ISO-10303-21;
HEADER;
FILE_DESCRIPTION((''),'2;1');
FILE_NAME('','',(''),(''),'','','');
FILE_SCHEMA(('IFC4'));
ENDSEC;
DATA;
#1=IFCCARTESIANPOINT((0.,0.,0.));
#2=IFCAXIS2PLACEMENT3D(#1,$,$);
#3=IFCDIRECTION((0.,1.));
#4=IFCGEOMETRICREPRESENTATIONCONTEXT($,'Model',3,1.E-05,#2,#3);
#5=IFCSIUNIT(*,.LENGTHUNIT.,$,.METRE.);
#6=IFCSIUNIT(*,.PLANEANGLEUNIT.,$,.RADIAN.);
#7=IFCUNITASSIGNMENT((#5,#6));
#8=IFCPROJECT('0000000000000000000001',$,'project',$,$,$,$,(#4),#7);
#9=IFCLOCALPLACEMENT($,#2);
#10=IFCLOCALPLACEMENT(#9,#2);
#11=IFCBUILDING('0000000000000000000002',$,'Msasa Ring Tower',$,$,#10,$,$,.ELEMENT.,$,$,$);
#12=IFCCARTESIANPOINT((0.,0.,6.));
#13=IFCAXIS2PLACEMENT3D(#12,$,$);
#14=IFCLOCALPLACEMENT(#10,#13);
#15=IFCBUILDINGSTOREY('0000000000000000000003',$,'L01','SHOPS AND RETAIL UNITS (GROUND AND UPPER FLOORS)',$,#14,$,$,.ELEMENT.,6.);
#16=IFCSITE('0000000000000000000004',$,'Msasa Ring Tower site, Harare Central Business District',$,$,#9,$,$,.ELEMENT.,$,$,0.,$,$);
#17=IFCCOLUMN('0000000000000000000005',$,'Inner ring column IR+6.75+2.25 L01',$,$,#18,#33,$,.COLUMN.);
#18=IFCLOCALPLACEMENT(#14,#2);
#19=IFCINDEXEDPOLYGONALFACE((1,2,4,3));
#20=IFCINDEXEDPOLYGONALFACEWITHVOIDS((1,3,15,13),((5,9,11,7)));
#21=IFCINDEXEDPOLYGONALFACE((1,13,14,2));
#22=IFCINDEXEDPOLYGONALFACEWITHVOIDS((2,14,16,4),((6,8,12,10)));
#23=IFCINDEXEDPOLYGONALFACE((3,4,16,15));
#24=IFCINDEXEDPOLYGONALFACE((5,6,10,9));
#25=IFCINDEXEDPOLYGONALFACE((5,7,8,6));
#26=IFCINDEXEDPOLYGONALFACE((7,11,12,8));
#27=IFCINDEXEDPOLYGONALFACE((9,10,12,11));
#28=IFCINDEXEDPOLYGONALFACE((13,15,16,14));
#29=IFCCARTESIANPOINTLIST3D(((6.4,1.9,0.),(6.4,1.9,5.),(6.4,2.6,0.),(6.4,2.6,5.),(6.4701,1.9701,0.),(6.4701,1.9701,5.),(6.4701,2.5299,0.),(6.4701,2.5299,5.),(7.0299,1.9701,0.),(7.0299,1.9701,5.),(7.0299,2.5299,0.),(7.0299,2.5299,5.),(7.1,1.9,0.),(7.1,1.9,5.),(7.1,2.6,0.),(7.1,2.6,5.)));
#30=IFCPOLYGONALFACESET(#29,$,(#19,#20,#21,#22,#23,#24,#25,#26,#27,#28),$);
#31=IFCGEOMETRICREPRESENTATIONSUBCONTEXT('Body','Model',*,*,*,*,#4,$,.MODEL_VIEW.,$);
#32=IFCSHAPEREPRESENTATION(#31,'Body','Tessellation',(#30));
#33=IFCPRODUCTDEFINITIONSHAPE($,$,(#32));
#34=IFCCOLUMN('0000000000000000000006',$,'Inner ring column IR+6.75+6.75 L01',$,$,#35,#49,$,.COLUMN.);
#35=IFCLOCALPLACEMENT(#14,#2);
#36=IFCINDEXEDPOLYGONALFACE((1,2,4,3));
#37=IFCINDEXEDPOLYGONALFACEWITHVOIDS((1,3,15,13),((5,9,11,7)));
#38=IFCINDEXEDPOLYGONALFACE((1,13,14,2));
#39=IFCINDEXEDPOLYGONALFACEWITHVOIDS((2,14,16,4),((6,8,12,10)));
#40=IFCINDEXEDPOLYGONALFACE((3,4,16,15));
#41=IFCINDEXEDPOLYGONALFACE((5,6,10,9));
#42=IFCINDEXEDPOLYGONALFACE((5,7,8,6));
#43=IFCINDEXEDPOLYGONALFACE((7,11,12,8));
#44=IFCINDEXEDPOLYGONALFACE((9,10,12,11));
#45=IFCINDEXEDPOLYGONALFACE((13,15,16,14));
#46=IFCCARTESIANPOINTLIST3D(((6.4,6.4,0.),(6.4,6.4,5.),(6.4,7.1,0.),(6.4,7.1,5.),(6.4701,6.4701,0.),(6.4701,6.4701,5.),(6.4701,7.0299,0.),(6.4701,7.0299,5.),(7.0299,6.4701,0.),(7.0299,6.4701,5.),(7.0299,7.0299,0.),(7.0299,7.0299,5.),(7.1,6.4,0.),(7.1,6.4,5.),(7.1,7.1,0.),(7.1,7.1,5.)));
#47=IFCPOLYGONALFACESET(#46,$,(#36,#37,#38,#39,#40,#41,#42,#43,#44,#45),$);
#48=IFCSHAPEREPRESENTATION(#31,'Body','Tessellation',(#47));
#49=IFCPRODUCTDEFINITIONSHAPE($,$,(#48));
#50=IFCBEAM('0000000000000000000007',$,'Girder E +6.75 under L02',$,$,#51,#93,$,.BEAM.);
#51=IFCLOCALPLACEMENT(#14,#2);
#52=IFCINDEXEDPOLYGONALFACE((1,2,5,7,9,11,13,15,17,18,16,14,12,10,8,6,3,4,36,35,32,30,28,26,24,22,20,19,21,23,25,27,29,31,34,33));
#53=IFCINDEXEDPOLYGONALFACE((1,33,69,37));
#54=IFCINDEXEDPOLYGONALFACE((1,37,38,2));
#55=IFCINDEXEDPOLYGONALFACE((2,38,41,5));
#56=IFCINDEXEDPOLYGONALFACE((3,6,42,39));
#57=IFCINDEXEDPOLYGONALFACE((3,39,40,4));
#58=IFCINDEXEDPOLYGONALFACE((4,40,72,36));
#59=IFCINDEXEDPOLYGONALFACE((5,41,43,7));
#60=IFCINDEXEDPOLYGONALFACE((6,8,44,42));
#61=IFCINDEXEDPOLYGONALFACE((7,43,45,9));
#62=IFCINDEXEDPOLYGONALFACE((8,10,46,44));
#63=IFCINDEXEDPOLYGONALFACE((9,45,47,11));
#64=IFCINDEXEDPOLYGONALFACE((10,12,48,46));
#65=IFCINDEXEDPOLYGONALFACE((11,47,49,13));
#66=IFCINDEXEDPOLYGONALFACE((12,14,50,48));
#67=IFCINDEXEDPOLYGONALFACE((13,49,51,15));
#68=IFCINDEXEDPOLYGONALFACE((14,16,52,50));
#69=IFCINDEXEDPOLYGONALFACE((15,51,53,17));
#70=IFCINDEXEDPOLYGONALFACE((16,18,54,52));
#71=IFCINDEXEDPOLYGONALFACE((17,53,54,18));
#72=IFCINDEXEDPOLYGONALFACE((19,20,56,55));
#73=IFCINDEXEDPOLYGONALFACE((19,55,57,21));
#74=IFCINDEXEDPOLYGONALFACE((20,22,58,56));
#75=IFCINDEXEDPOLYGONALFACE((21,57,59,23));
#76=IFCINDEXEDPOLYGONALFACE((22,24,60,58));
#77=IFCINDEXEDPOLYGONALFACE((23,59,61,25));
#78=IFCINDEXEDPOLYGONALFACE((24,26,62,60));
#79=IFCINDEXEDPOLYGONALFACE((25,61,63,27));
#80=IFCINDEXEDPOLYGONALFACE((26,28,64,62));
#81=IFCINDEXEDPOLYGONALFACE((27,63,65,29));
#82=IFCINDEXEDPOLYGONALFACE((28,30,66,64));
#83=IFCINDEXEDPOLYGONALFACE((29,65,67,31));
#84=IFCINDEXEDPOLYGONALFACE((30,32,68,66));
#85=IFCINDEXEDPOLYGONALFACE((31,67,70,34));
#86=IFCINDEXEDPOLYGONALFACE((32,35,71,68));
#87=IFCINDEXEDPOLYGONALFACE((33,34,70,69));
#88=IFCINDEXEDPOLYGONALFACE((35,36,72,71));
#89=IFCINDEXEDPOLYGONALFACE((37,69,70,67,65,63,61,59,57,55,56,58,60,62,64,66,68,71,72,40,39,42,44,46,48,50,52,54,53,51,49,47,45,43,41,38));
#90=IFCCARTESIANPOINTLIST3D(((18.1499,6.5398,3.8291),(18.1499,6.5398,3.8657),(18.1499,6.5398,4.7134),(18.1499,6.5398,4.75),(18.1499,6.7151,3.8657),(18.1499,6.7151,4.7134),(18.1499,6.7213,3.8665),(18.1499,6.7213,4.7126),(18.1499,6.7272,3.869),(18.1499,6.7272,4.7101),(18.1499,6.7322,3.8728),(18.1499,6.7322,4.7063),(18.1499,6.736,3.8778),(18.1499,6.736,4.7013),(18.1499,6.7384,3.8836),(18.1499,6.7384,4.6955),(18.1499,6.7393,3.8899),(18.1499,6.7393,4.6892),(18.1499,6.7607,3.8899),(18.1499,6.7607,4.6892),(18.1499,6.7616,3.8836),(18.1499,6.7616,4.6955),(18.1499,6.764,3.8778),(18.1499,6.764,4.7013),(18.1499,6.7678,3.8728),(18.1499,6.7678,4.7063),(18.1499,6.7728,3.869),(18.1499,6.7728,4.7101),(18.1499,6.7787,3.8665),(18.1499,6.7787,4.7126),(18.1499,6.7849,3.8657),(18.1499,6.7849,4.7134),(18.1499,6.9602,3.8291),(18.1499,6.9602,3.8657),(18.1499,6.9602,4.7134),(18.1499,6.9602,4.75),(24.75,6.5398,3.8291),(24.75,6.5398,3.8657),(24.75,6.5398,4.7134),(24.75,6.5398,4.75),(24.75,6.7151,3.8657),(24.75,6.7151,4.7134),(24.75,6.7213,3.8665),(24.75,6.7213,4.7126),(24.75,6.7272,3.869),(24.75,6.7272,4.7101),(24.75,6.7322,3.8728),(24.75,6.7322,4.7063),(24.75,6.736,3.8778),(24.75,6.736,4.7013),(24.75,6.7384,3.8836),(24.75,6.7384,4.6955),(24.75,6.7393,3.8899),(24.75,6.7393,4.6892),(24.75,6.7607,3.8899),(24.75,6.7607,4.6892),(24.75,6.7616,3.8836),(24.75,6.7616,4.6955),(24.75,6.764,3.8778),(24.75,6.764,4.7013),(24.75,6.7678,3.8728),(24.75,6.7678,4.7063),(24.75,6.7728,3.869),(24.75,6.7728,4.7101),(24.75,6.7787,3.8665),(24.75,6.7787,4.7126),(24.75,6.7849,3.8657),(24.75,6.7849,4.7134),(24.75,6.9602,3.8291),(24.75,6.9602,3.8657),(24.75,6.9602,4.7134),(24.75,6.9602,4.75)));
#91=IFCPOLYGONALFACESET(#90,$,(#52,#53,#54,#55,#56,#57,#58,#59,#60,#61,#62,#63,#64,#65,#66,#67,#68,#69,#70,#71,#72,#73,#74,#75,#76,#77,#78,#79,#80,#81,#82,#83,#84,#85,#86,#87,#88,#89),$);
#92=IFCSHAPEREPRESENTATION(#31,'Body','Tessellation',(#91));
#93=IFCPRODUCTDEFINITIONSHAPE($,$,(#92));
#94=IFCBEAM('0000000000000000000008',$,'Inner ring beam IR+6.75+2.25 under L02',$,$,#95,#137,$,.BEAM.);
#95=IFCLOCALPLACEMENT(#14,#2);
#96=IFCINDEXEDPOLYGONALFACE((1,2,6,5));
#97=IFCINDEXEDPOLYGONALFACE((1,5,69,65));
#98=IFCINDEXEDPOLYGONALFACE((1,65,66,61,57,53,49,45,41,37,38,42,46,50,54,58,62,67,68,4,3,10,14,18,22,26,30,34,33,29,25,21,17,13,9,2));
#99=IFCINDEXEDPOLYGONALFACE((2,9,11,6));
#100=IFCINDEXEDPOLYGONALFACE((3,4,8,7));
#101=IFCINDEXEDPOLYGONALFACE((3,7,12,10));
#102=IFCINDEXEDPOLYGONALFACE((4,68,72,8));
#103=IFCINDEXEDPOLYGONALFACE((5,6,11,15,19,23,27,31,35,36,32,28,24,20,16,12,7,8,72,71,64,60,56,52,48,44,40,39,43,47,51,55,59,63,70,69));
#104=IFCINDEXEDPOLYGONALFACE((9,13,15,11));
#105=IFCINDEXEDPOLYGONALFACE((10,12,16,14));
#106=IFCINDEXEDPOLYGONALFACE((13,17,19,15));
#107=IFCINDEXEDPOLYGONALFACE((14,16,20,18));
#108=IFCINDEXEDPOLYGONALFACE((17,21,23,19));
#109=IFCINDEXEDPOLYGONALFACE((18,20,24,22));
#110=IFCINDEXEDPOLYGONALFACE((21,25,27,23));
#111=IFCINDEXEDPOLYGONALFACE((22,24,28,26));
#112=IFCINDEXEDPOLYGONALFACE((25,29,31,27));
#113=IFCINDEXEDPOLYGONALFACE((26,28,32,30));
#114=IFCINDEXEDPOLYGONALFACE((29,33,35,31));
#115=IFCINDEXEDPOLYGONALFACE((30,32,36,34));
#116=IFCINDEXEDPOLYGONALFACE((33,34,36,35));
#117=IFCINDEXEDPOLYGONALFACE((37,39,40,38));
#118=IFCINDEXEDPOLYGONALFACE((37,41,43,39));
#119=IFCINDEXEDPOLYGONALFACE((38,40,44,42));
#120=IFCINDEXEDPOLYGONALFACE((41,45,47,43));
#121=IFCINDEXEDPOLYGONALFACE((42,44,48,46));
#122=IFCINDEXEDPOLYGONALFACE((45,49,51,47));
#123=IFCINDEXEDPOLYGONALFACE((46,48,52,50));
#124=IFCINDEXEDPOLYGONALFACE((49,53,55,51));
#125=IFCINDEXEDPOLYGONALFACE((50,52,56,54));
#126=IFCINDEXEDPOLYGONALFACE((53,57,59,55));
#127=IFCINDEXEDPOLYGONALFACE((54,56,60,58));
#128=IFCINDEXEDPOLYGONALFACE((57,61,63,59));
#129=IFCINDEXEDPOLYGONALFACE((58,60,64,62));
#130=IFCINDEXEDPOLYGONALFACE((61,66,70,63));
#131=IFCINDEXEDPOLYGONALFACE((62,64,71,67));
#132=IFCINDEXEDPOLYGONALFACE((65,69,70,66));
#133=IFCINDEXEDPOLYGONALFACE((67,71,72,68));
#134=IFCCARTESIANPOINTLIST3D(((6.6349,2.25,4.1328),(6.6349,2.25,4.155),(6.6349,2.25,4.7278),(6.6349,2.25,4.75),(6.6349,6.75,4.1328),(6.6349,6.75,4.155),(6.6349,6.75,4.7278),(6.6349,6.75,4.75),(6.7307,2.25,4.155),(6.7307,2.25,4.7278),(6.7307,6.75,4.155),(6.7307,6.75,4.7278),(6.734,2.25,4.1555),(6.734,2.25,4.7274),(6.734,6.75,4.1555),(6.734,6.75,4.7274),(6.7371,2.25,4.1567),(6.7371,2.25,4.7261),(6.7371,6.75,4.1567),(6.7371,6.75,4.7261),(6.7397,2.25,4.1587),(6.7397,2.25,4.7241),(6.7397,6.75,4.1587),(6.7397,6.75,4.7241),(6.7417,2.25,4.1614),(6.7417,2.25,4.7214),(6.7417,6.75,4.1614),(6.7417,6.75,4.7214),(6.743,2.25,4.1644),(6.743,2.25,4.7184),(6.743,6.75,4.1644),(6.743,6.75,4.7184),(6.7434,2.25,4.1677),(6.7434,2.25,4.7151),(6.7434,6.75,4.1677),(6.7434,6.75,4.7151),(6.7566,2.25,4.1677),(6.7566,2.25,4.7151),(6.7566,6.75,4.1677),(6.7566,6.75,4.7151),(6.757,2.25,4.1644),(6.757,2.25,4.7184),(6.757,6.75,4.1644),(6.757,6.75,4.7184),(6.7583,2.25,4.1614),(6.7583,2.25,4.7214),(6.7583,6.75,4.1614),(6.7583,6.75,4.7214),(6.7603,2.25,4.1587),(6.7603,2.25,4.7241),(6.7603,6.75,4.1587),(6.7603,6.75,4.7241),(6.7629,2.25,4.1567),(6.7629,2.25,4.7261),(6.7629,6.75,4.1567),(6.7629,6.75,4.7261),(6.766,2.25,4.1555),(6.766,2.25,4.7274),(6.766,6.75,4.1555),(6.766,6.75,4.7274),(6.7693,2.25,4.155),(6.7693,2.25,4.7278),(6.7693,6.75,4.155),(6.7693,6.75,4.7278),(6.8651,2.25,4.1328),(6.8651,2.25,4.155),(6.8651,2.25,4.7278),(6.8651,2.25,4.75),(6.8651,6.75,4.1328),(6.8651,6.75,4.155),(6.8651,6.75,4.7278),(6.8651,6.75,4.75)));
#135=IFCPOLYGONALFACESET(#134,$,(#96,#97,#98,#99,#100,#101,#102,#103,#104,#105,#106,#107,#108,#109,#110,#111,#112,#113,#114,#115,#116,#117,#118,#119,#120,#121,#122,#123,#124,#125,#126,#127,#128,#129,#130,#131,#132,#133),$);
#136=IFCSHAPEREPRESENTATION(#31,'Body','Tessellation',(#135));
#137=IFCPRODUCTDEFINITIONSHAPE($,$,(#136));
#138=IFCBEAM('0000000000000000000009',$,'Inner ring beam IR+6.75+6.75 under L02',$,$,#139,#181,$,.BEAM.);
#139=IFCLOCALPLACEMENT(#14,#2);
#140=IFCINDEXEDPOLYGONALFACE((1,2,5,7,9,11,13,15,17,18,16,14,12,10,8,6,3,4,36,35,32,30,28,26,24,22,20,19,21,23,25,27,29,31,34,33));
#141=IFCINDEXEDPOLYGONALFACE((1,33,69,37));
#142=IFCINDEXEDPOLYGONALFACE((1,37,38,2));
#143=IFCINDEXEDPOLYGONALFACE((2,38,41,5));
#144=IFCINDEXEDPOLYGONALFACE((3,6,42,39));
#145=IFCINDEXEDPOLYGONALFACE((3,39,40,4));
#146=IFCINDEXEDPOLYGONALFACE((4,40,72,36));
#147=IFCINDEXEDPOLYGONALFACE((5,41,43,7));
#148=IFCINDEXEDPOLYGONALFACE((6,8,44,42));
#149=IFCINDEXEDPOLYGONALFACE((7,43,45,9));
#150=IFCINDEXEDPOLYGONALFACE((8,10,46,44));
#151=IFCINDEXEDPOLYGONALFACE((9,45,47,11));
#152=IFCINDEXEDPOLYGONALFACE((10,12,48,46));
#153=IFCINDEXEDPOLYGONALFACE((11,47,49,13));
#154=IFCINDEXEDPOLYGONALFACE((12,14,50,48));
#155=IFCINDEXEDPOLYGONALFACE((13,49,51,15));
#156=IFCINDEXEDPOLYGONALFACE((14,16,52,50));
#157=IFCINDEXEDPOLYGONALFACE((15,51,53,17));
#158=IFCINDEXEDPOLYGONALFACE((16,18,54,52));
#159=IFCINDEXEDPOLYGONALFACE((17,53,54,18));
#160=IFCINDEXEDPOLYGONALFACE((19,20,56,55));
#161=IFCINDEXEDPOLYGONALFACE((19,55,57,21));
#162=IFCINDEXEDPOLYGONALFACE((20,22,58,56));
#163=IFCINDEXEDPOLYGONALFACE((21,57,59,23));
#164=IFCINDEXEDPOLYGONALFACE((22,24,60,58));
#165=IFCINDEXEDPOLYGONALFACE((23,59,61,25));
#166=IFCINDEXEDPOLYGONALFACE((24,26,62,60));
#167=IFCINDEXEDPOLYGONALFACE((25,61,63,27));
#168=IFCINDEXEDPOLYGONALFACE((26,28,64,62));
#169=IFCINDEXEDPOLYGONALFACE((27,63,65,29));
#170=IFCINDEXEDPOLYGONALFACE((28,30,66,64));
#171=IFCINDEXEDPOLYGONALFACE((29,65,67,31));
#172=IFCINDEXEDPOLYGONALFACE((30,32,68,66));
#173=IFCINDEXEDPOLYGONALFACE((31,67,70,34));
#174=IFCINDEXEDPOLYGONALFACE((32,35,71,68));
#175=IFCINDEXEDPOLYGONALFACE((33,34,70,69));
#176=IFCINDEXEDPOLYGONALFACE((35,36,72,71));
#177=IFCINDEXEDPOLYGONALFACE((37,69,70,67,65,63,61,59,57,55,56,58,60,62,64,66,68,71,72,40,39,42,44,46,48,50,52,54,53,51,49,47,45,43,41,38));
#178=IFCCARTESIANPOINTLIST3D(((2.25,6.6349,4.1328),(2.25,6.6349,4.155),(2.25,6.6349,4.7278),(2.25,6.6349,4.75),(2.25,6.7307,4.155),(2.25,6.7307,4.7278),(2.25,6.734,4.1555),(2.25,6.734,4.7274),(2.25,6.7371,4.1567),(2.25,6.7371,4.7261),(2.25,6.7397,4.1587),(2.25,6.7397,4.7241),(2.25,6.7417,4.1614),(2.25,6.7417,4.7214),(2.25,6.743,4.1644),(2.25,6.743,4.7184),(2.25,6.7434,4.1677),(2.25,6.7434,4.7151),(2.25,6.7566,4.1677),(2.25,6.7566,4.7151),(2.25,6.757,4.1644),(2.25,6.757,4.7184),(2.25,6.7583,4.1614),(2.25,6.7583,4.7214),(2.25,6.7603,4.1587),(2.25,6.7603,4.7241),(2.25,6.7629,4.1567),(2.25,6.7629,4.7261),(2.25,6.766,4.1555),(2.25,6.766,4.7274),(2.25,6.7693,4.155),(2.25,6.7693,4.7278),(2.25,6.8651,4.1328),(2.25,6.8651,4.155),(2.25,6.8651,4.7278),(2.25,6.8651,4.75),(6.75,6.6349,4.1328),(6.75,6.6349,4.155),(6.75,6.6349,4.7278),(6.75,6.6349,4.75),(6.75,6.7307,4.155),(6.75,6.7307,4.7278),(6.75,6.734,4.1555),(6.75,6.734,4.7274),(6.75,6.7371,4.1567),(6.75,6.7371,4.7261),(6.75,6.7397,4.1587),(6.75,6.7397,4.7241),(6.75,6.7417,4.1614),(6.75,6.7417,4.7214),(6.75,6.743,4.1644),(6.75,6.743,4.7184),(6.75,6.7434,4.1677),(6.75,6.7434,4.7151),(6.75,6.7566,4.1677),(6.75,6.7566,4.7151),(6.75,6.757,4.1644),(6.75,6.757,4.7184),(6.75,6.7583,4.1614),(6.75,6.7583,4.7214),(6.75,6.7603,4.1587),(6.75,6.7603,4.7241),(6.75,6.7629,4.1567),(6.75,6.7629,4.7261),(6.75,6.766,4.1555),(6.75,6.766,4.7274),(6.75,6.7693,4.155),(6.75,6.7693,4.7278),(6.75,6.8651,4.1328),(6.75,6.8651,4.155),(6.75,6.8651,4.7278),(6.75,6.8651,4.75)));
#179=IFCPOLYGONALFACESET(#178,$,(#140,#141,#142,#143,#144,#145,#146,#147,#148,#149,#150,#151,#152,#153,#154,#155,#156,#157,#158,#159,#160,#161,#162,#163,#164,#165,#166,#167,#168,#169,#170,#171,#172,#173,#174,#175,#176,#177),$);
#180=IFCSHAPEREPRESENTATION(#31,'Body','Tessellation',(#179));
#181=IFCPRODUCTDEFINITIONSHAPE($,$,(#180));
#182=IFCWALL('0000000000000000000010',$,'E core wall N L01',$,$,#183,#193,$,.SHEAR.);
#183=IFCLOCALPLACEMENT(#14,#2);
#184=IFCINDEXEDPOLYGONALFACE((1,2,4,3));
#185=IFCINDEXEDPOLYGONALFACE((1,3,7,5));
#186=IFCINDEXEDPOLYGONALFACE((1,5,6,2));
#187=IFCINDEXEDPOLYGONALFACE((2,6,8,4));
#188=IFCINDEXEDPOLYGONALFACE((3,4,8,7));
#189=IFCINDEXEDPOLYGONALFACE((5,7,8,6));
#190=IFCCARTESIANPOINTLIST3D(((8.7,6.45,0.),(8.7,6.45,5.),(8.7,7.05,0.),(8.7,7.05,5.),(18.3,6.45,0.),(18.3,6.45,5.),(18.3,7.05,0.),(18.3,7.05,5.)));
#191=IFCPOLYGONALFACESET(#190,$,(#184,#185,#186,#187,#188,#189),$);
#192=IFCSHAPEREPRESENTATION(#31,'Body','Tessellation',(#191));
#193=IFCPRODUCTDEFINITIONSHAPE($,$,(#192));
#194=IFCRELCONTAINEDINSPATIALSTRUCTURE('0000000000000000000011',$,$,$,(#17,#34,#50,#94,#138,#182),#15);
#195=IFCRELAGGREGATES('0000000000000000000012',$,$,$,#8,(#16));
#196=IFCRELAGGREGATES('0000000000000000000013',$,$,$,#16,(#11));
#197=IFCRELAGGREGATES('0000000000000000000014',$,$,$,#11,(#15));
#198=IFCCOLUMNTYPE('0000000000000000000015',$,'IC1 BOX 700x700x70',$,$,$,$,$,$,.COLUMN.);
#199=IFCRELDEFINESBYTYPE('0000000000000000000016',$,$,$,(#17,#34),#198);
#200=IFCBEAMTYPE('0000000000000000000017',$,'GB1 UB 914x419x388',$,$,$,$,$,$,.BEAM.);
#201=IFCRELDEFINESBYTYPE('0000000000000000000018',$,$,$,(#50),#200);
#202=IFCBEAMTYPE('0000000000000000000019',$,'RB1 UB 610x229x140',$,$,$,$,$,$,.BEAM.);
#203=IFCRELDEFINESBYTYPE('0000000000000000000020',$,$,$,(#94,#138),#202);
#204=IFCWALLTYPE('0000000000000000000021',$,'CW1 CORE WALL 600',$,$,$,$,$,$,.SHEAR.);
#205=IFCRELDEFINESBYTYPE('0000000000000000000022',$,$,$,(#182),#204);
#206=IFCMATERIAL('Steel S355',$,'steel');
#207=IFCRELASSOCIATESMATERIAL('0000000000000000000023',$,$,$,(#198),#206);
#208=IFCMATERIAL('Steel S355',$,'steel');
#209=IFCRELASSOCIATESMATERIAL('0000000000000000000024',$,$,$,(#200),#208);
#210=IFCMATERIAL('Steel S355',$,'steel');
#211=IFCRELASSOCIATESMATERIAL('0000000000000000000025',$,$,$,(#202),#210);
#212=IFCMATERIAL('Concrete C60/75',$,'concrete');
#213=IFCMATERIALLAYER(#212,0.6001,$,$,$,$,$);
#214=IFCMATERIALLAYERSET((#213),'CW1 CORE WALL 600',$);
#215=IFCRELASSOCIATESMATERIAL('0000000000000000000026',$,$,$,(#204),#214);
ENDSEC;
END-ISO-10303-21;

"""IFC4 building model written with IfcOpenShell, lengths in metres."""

from ifc_helpers import new_model, si_unit, direction, frame, frame_2d, origin, origin_2d, place, context, subcontext, project, spatial, rectangle, hollow_rectangle, i_section, extrude, material, layer, layer_set, material_profile, profile_set, type_object, element, save


model = new_model("IFC4")

# Units and contexts
model_context = context("Model", 3, precision=1e-05, world=origin(), true_north=direction((0.0, 1.0)))
body_context = subcontext(model_context, "Body", "Model", "MODEL_VIEW")
ifc_project = project(units=[si_unit("LENGTHUNIT", "METRE"), si_unit("PLANEANGLEUNIT", "RADIAN")], contexts=[model_context])

# Site, building, storey
site_placement = place(None, origin())
site = spatial("IfcSite", under=ifc_project, at=site_placement, Name="Msasa Ring Tower site, Harare Central Business District", CompositionType="ELEMENT", RefElevation=0.0)
building_placement = place(site_placement, origin())
building = spatial("IfcBuilding", under=site, at=building_placement, Name="Msasa Ring Tower", CompositionType="ELEMENT")
storey_placement = place(building_placement, frame((0.0, 0.0, 6.0)))
storey = spatial("IfcBuildingStorey", under=building, at=storey_placement, Name="L01", Description="SHOPS AND RETAIL UNITS (GROUND AND UPPER FLOORS)", CompositionType="ELEMENT", Elevation=6.0)

# Columns
ifc_material_1 = material(Name="Steel S355", Category="steel")
ifc_material_profile_1 = material_profile(ifc_material_1, hollow_rectangle(XDim=0.7, YDim=0.7, WallThickness=0.0701, at=origin_2d()), Name="BOX 700x700x70")
ifc_profile_set_1 = profile_set([ifc_material_profile_1], Name="Steel S355")
column_type = type_object("IfcColumnType", Name="IC1 BOX 700x700x70", PredefinedType="COLUMN", material=ifc_profile_set_1)
for number, where, z_axis, x_axis, name in (
    (1, (6.75, 2.25, 0.0), (0.0, 0.0, 1.0), (1.0, 0.0, 0.0), "Inner ring column IR+6.75+2.25 L01"),
    (2, (6.75, 6.75, 0.0), (0.0, 0.0, 1.0), (1.0, 0.0, 0.0), "Inner ring column IR+6.75+6.75 L01"),
):
    element("IfcColumn", number, at=place(storey_placement, frame(where, z_axis=z_axis, x_axis=x_axis)), inside=storey, type_object=column_type, Name=name, PredefinedType="COLUMN", context=body_context, shape_type="SweptSolid", body=[
        extrude(hollow_rectangle(XDim=0.7, YDim=0.7, WallThickness=0.0701, at=origin_2d()), origin(), (0.0, 0.0, 1.0), 5.0),
    ])

# Beams
ifc_material_2 = material(Name="Steel S355", Category="steel")
ifc_material_profile_2 = material_profile(ifc_material_2, i_section(OverallWidth=0.4204, OverallDepth=0.9209, WebThickness=0.0215, FlangeThickness=0.0366, FilletRadius=0.0242, at=origin_2d()), Name="UB 914x419x388")
ifc_profile_set_2 = profile_set([ifc_material_profile_2], Name="Steel S355")
beam_type_1 = type_object("IfcBeamType", Name="GB1 UB 914x419x388", PredefinedType="BEAM", material=ifc_profile_set_2)
beam_placement = place(storey_placement, frame((18.1499, 6.75, 4.2896), z_axis=(1.0, 0.0, 0.0), x_axis=(0.0, 1.0, 0.0)))
element("IfcBeam", 3, at=beam_placement, inside=storey, type_object=beam_type_1, Name="Girder E +6.75 under L02", PredefinedType="BEAM", context=body_context, shape_type="SweptSolid", body=[
    extrude(i_section(OverallWidth=0.4204, OverallDepth=0.9209, WebThickness=0.0215, FlangeThickness=0.0366, FilletRadius=0.0242, at=origin_2d()), origin(), (0.0, 0.0, 1.0), 6.6001),
])
ifc_material_3 = material(Name="Steel S355", Category="steel")
ifc_material_profile_3 = material_profile(ifc_material_3, i_section(OverallWidth=0.2302, OverallDepth=0.6172, WebThickness=0.0132, FlangeThickness=0.0222, FilletRadius=0.0127, at=origin_2d()), Name="UB 610x229x140")
ifc_profile_set_3 = profile_set([ifc_material_profile_3], Name="Steel S355")
beam_type_2 = type_object("IfcBeamType", Name="RB1 UB 610x229x140", PredefinedType="BEAM", material=ifc_profile_set_3)
for number, where, z_axis, x_axis, name in (
    (4, (6.75, 2.25, 4.4414), (0.0, 1.0, 0.0), (-1.0, 0.0, 0.0), "Inner ring beam IR+6.75+2.25 under L02"),
    (5, (6.75, 6.75, 4.4414), (-1.0, 0.0, 0.0), (0.0, -1.0, 0.0), "Inner ring beam IR+6.75+6.75 under L02"),
):
    element("IfcBeam", number, at=place(storey_placement, frame(where, z_axis=z_axis, x_axis=x_axis)), inside=storey, type_object=beam_type_2, Name=name, PredefinedType="BEAM", context=body_context, shape_type="SweptSolid", body=[
        extrude(i_section(OverallWidth=0.2302, OverallDepth=0.6172, WebThickness=0.0132, FlangeThickness=0.0222, FilletRadius=0.0127, at=origin_2d()), origin(), (0.0, 0.0, 1.0), 4.5),
    ])

# Wall
ifc_material_4 = material(Name="Concrete C60/75", Category="concrete")
ifc_layer_1 = layer(ifc_material_4, 0.6001)
ifc_layer_set_1 = layer_set([ifc_layer_1], Name="CW1 CORE WALL 600")
wall_type_1 = type_object("IfcWallType", Name="CW1 CORE WALL 600", PredefinedType="SHEAR", material=ifc_layer_set_1)
wall_1_placement = place(storey_placement, frame((8.7, 6.75, 0.0), z_axis=(0.0, 0.0, 1.0), x_axis=(1.0, 0.0, 0.0)))
element("IfcWall", 6, at=wall_1_placement, inside=storey, type_object=wall_type_1, Name="E core wall N L01", PredefinedType="SHEAR", context=body_context, shape_type="SweptSolid", body=[
    extrude(rectangle(XDim=9.6001, YDim=0.6001, at=frame_2d((4.8, 0.0))), origin(), (0.0, 0.0, 1.0), 5.0),
])

save(model, "model.ifc")
